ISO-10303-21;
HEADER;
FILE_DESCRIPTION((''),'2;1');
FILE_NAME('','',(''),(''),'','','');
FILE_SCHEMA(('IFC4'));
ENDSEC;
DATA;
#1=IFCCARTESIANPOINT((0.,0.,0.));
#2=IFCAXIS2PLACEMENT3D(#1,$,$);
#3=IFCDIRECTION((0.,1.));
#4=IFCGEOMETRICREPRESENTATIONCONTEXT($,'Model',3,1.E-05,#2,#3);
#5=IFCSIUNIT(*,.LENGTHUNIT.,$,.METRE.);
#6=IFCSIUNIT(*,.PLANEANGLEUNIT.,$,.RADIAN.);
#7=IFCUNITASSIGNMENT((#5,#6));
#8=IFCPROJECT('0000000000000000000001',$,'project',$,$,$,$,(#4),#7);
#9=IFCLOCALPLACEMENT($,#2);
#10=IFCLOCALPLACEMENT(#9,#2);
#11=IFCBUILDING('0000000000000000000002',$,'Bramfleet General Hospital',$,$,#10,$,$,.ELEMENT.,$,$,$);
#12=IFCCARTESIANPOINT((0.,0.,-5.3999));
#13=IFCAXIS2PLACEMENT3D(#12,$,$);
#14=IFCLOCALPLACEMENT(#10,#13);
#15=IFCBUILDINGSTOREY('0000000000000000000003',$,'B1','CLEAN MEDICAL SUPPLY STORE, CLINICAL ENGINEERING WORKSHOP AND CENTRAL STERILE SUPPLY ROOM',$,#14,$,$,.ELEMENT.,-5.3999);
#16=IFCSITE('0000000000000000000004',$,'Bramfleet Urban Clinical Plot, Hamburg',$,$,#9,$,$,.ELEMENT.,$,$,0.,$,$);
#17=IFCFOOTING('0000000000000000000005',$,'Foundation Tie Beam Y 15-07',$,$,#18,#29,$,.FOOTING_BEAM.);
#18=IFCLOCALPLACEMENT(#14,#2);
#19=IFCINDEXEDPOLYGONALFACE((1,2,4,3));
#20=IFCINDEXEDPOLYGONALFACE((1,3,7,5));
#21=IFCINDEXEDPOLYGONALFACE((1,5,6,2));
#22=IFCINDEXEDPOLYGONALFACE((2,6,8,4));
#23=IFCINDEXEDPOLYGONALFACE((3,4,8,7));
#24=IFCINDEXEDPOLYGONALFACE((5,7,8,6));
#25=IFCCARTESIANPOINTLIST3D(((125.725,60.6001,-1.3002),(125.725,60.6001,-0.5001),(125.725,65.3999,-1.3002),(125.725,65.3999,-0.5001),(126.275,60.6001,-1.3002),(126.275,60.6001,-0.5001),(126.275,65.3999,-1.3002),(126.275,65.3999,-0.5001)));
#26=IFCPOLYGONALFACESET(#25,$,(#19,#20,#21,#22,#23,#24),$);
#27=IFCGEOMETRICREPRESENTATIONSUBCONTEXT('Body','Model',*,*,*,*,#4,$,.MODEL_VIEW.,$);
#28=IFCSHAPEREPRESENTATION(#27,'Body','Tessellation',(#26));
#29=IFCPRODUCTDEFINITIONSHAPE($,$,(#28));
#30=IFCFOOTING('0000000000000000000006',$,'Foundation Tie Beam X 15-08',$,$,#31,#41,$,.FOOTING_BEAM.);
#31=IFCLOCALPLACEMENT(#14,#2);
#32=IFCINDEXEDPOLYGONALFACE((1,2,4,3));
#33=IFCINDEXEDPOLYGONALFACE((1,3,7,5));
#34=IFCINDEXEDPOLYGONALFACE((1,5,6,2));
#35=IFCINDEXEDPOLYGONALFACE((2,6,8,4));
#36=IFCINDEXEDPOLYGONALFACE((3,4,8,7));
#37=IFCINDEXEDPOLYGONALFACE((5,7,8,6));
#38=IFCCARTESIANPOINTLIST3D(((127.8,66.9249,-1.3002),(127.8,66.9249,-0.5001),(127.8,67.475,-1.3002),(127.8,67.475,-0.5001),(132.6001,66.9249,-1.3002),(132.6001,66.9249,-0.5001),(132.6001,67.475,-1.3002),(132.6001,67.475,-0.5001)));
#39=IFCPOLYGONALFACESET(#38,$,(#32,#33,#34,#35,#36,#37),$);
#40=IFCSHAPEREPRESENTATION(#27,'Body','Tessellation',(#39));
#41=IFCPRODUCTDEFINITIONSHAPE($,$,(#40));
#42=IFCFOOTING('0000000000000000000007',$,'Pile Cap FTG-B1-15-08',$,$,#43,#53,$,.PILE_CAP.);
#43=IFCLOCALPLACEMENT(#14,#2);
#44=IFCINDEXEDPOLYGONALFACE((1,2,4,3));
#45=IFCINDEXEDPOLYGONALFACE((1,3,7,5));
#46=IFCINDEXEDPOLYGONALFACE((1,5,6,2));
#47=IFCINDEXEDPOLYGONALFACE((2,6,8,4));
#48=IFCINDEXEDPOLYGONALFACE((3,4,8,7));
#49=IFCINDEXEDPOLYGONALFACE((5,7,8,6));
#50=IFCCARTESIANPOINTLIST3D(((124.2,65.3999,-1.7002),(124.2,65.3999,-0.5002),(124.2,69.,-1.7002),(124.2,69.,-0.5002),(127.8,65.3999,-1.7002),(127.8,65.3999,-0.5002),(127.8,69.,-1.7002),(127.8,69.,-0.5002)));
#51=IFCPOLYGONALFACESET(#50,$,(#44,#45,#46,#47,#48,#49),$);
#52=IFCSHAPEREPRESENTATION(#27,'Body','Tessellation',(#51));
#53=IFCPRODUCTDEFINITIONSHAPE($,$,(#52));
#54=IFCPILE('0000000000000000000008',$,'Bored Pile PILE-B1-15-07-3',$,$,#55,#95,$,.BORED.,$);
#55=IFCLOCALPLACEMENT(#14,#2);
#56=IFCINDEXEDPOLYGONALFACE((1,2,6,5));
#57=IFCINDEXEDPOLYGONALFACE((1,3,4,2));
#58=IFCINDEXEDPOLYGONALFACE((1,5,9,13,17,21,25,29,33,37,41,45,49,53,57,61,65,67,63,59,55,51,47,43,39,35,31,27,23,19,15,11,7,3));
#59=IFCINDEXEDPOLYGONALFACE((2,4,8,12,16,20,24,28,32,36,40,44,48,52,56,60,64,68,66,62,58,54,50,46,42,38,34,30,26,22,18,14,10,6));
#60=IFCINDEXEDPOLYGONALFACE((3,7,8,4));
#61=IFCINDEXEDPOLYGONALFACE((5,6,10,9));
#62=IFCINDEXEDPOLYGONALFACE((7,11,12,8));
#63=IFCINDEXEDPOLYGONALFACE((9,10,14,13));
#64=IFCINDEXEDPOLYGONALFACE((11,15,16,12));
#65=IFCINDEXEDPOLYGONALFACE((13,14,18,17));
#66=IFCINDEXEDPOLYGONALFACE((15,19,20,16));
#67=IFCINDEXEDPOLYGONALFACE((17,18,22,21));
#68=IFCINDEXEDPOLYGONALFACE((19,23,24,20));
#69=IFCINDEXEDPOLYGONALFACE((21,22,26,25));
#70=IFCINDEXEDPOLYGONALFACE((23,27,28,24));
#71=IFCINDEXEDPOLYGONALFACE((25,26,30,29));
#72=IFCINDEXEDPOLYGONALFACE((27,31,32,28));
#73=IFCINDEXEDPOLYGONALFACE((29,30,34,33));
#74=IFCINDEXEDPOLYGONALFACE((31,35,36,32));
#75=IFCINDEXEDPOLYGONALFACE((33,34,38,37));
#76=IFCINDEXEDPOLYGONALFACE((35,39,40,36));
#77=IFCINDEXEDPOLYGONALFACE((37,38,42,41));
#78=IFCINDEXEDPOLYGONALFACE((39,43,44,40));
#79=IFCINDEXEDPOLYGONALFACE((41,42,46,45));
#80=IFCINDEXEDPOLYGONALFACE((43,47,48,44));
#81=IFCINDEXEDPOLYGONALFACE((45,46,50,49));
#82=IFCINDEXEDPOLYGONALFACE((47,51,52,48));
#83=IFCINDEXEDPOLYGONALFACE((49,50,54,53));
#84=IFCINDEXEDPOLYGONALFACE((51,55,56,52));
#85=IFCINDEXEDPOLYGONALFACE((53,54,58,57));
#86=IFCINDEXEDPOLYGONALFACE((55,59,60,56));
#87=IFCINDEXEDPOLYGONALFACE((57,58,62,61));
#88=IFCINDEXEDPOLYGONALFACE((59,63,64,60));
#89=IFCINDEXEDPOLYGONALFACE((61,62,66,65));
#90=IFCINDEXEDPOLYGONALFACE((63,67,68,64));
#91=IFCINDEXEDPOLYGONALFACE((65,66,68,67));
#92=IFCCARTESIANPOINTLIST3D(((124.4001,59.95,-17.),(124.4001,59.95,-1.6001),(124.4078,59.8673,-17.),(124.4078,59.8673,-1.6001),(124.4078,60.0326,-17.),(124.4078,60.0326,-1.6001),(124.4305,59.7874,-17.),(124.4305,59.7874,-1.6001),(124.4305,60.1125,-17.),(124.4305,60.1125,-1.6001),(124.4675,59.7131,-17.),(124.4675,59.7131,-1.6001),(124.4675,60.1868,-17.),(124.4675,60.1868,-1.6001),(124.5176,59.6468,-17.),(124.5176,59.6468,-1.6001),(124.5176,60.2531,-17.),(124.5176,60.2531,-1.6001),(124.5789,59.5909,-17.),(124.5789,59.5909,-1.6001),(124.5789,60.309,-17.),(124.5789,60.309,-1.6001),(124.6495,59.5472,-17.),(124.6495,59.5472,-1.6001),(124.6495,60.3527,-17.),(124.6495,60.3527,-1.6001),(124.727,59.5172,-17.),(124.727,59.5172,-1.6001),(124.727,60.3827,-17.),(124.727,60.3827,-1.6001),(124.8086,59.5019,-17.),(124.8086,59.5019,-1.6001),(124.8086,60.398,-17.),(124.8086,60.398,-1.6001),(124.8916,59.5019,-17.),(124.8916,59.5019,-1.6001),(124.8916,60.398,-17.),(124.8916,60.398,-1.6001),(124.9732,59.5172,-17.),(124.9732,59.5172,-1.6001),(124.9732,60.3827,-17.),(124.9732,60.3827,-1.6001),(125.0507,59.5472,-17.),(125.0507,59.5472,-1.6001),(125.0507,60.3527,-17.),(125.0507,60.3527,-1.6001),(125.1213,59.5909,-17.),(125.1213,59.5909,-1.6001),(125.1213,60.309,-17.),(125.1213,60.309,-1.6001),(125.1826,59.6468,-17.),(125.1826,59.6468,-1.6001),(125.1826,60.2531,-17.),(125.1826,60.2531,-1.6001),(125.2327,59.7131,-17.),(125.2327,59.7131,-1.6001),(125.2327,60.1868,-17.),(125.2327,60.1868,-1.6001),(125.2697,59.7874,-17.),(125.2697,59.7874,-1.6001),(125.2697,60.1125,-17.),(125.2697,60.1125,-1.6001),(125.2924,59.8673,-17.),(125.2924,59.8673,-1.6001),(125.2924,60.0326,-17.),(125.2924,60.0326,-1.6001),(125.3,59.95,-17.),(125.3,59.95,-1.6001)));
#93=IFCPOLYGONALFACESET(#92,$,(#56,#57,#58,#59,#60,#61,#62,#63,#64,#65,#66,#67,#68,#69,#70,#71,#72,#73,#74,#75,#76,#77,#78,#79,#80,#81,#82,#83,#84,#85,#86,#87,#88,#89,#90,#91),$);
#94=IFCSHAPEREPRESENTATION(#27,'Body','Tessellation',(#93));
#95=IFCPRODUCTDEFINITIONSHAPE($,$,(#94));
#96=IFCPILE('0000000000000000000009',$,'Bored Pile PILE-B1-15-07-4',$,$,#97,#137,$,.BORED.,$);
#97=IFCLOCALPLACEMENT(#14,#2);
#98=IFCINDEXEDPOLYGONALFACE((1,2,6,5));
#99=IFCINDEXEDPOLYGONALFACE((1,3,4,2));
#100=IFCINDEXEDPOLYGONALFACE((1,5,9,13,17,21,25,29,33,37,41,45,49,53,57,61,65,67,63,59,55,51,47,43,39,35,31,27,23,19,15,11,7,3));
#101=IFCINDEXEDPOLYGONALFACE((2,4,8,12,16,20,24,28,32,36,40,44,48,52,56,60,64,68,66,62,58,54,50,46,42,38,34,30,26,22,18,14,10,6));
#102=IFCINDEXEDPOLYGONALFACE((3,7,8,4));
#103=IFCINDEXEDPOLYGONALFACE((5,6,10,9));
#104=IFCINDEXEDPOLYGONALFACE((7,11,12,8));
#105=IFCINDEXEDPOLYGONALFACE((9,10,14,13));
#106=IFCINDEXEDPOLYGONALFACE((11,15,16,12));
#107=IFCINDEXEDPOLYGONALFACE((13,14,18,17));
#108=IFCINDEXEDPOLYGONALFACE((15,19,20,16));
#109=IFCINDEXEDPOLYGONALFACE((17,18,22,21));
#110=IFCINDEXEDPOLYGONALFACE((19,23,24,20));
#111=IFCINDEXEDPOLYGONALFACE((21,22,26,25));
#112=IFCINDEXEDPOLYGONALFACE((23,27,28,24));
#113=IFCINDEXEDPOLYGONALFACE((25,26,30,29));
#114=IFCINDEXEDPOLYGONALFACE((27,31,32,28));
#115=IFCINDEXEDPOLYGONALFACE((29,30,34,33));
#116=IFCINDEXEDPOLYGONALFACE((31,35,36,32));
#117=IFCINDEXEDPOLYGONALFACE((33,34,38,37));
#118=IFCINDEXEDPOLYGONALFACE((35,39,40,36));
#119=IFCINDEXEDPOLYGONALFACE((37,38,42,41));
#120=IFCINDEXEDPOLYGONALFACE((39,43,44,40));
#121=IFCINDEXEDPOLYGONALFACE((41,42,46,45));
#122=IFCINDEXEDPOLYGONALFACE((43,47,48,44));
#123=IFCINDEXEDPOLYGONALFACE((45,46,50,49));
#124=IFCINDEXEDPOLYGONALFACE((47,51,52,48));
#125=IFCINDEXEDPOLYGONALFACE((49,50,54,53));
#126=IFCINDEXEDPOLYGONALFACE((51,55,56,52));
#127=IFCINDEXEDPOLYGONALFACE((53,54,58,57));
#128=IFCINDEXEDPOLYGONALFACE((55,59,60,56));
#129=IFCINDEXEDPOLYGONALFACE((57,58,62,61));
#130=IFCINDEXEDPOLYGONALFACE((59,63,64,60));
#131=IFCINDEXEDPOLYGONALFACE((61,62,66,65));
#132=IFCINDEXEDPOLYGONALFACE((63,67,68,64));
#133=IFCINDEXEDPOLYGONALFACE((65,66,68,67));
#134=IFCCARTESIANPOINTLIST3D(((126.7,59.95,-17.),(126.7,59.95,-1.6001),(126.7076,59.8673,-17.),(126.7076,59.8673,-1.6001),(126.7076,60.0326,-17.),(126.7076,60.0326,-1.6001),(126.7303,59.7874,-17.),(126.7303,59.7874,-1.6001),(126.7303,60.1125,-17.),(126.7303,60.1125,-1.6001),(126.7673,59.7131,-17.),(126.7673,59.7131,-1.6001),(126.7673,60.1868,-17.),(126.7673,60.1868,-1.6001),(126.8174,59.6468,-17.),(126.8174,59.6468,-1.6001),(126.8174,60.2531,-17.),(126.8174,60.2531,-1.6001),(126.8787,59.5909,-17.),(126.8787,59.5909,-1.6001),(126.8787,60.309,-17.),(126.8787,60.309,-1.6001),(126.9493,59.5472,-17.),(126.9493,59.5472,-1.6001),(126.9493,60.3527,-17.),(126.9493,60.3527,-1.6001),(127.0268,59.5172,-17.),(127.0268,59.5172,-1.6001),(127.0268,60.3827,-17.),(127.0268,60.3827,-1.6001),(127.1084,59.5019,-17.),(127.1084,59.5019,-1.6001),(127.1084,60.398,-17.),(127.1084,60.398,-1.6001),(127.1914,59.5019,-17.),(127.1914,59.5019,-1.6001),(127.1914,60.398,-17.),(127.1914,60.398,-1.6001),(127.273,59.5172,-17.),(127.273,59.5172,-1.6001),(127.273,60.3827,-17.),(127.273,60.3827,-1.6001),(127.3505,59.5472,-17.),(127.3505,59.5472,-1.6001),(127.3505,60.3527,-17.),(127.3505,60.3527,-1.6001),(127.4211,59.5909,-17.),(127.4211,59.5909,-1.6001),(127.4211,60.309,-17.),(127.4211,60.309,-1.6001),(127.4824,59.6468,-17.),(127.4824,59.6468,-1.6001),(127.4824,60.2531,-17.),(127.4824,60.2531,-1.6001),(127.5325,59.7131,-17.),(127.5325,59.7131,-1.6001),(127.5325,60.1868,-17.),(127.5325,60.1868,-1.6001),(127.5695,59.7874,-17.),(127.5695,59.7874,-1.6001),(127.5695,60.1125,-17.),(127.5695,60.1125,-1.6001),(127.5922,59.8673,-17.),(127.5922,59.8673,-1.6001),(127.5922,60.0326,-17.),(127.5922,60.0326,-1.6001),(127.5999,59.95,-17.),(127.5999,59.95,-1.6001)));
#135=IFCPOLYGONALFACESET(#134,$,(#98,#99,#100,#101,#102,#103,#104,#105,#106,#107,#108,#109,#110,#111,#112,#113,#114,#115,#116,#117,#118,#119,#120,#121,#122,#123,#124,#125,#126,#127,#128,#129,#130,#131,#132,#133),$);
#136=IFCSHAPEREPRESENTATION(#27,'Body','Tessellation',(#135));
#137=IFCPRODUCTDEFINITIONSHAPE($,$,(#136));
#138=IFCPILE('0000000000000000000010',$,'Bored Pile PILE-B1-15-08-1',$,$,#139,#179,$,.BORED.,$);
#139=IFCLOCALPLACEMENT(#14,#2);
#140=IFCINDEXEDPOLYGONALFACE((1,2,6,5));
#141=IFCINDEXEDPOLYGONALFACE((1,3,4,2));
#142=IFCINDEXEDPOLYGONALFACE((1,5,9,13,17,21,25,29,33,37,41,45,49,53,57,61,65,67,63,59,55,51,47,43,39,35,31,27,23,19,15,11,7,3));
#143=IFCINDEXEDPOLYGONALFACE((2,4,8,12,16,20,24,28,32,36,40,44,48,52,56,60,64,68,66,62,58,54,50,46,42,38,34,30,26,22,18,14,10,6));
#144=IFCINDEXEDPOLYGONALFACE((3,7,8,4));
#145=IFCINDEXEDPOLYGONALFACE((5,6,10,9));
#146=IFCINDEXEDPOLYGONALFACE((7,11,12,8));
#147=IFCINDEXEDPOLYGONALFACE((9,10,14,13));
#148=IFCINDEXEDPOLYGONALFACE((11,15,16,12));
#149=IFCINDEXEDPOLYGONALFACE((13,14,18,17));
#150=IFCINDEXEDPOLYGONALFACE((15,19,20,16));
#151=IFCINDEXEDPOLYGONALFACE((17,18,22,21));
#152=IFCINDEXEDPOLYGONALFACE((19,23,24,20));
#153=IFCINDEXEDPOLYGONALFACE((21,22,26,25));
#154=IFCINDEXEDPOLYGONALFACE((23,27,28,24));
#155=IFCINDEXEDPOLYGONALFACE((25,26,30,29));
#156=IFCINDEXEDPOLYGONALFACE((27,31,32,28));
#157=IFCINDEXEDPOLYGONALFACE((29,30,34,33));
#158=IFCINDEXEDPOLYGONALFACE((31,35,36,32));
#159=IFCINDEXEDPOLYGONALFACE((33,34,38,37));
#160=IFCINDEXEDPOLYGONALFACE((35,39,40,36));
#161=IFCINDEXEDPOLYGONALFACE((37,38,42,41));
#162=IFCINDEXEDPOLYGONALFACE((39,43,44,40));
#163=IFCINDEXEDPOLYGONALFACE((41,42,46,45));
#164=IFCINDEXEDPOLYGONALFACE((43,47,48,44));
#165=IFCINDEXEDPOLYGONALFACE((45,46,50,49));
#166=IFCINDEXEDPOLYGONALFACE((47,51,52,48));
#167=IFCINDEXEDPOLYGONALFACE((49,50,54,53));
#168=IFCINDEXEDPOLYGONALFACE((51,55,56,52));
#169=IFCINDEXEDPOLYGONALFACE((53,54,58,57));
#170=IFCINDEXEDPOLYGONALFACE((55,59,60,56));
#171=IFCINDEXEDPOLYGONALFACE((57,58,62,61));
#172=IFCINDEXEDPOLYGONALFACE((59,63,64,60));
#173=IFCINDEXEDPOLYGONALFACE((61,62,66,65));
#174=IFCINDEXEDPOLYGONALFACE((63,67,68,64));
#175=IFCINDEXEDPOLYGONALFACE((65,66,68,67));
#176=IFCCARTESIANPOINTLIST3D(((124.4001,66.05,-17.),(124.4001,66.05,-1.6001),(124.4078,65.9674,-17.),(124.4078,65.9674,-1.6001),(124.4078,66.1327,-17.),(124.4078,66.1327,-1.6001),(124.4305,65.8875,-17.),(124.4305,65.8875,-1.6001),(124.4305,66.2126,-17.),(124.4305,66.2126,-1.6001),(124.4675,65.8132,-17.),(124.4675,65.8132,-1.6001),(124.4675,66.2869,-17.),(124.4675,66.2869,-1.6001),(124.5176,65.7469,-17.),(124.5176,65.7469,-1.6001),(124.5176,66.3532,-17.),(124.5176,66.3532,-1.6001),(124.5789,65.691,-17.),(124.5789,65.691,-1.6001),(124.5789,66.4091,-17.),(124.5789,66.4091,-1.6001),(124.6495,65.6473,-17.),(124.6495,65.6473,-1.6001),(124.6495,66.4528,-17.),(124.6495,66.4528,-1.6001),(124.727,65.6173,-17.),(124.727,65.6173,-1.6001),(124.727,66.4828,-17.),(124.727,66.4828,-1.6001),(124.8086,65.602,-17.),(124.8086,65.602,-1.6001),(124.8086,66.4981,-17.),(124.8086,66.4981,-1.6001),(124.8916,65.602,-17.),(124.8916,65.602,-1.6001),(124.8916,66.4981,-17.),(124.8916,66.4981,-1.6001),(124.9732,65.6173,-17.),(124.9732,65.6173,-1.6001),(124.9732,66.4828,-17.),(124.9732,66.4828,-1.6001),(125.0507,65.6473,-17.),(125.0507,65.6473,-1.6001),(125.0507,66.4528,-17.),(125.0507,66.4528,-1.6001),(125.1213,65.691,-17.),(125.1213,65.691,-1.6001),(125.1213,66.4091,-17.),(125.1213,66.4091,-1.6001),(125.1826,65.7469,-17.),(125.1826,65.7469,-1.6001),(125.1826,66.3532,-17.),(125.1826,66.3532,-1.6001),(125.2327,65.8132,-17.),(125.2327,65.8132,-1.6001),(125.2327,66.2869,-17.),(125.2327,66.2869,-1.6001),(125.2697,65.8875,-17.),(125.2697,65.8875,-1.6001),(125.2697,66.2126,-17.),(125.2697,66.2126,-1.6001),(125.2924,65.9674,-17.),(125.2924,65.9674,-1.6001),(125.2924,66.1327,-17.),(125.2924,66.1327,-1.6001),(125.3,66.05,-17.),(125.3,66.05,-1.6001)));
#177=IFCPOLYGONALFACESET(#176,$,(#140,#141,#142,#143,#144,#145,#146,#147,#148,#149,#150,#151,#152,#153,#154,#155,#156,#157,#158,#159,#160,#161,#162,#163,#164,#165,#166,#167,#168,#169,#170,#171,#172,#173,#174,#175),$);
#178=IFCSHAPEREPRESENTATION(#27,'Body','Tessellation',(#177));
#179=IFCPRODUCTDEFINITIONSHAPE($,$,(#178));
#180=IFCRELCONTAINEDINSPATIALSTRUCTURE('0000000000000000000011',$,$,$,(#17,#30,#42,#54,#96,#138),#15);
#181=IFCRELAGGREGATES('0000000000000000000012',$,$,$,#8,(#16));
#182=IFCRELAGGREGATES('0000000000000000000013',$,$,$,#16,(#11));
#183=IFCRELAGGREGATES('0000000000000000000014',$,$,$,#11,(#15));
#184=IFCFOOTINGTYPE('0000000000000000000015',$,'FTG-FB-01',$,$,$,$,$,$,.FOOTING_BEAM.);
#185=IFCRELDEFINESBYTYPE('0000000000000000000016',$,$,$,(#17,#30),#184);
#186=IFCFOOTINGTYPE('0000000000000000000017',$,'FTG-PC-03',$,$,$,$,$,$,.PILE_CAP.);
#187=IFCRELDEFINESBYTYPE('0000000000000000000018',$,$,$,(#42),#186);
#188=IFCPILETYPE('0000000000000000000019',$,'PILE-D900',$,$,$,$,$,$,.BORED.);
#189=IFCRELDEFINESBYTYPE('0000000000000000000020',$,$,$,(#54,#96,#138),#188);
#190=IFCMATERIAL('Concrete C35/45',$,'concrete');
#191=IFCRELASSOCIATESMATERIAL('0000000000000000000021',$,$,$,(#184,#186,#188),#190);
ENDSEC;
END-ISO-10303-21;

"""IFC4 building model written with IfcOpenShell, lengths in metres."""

from ifc_helpers import new_model, si_unit, direction, frame, origin, origin_2d, place, context, subcontext, project, spatial, rectangle, circle, extrude, material, material_profile, profile_set, type_object, element, save


model = new_model("IFC4")

# Units and contexts
model_context = context("Model", 3, precision=1e-05, world=origin(), true_north=direction((0.0, 1.0)))
body_context = subcontext(model_context, "Body", "Model", "MODEL_VIEW")
ifc_project = project(units=[si_unit("LENGTHUNIT", "METRE"), si_unit("PLANEANGLEUNIT", "RADIAN")], contexts=[model_context])

# Site, building, storey
site_placement = place(None, origin())
site = spatial("IfcSite", under=ifc_project, at=site_placement, Name="Bramfleet Urban Clinical Plot, Hamburg", CompositionType="ELEMENT", RefElevation=0.0)
building_placement = place(site_placement, origin())
building = spatial("IfcBuilding", under=site, at=building_placement, Name="Bramfleet General Hospital", CompositionType="ELEMENT")
storey_placement = place(building_placement, frame((0.0, 0.0, -5.3999)))
storey = spatial("IfcBuildingStorey", under=building, at=storey_placement, Name="B1", Description="CLEAN MEDICAL SUPPLY STORE, CLINICAL ENGINEERING WORKSHOP AND CENTRAL STERILE SUPPLY ROOM", CompositionType="ELEMENT", Elevation=-5.3999)

# Footings
ifc_material_1 = material(Name="Concrete C35/45", Category="concrete")
ifc_material_profile_1 = material_profile(ifc_material_1, rectangle(XDim=0.55, YDim=0.8, at=origin_2d()), Name="RC FB 800x550")
ifc_profile_set_1 = profile_set([ifc_material_profile_1], Name="Concrete C35/45")
footing_type_1 = type_object("IfcFootingType", Name="FTG-FB-01", PredefinedType="FOOTING_BEAM", material=ifc_profile_set_1)
footing_1_placement = place(storey_placement, frame((126.0, 60.6001, -0.9001), z_axis=(0.0, 1.0, 0.0), x_axis=(-1.0, 0.0, 0.0)))
element("IfcFooting", 1, at=footing_1_placement, inside=storey, type_object=footing_type_1, Name="Foundation Tie Beam Y 15-07", PredefinedType="FOOTING_BEAM", context=body_context, shape_type="SweptSolid", body=[
    extrude(rectangle(XDim=0.55, YDim=0.8, at=origin_2d()), origin(), (0.0, 0.0, 1.0), 4.7998),
])
footing_2_placement = place(storey_placement, frame((127.8, 67.2, -0.9001), z_axis=(1.0, 0.0, 0.0), x_axis=(0.0, 1.0, 0.0)))
element("IfcFooting", 2, at=footing_2_placement, inside=storey, type_object=footing_type_1, Name="Foundation Tie Beam X 15-08", PredefinedType="FOOTING_BEAM", context=body_context, shape_type="SweptSolid", body=[
    extrude(rectangle(XDim=0.55, YDim=0.8, at=origin_2d()), origin(), (0.0, 0.0, 1.0), 4.8),
])
footing_type_2 = type_object("IfcFootingType", Name="FTG-PC-03", PredefinedType="PILE_CAP", material=ifc_material_1)
footing_3_placement = place(storey_placement, frame((126.0, 67.2, -1.7002), z_axis=(0.0, 0.0, 1.0), x_axis=(1.0, 0.0, 0.0)))
element("IfcFooting", 3, at=footing_3_placement, inside=storey, type_object=footing_type_2, Name="Pile Cap FTG-B1-15-08", PredefinedType="PILE_CAP", context=body_context, shape_type="SweptSolid", body=[
    extrude(rectangle(XDim=3.6001, YDim=3.6001, at=origin_2d()), origin(), (0.0, 0.0, 1.0), 1.2),
])

# Piles
ifc_material_profile_2 = material_profile(ifc_material_1, circle(Radius=0.45, at=origin_2d()), Name="PILE BORED D900")
ifc_profile_set_2 = profile_set([ifc_material_profile_2], Name="Concrete C35/45")
pile_type = type_object("IfcPileType", Name="PILE-D900", PredefinedType="BORED", material=ifc_profile_set_2)
for number, where, z_axis, x_axis, name in (
    (4, (124.8501, 59.95, -1.6001), (0.0, 0.0, -1.0), (1.0, 0.0, 0.0), "Bored Pile PILE-B1-15-07-3"),
    (5, (127.1499, 59.95, -1.6001), (0.0, 0.0, -1.0), (1.0, 0.0, 0.0), "Bored Pile PILE-B1-15-07-4"),
    (6, (124.8501, 66.05, -1.6001), (0.0, 0.0, -1.0), (1.0, 0.0, 0.0), "Bored Pile PILE-B1-15-08-1"),
):
    element("IfcPile", number, at=place(storey_placement, frame(where, z_axis=z_axis, x_axis=x_axis)), inside=storey, type_object=pile_type, Name=name, PredefinedType="BORED", context=body_context, shape_type="SweptSolid", body=[
        extrude(circle(Radius=0.45, at=origin_2d()), origin(), (0.0, 0.0, 1.0), 15.3999),
    ])

save(model, "model.ifc")
